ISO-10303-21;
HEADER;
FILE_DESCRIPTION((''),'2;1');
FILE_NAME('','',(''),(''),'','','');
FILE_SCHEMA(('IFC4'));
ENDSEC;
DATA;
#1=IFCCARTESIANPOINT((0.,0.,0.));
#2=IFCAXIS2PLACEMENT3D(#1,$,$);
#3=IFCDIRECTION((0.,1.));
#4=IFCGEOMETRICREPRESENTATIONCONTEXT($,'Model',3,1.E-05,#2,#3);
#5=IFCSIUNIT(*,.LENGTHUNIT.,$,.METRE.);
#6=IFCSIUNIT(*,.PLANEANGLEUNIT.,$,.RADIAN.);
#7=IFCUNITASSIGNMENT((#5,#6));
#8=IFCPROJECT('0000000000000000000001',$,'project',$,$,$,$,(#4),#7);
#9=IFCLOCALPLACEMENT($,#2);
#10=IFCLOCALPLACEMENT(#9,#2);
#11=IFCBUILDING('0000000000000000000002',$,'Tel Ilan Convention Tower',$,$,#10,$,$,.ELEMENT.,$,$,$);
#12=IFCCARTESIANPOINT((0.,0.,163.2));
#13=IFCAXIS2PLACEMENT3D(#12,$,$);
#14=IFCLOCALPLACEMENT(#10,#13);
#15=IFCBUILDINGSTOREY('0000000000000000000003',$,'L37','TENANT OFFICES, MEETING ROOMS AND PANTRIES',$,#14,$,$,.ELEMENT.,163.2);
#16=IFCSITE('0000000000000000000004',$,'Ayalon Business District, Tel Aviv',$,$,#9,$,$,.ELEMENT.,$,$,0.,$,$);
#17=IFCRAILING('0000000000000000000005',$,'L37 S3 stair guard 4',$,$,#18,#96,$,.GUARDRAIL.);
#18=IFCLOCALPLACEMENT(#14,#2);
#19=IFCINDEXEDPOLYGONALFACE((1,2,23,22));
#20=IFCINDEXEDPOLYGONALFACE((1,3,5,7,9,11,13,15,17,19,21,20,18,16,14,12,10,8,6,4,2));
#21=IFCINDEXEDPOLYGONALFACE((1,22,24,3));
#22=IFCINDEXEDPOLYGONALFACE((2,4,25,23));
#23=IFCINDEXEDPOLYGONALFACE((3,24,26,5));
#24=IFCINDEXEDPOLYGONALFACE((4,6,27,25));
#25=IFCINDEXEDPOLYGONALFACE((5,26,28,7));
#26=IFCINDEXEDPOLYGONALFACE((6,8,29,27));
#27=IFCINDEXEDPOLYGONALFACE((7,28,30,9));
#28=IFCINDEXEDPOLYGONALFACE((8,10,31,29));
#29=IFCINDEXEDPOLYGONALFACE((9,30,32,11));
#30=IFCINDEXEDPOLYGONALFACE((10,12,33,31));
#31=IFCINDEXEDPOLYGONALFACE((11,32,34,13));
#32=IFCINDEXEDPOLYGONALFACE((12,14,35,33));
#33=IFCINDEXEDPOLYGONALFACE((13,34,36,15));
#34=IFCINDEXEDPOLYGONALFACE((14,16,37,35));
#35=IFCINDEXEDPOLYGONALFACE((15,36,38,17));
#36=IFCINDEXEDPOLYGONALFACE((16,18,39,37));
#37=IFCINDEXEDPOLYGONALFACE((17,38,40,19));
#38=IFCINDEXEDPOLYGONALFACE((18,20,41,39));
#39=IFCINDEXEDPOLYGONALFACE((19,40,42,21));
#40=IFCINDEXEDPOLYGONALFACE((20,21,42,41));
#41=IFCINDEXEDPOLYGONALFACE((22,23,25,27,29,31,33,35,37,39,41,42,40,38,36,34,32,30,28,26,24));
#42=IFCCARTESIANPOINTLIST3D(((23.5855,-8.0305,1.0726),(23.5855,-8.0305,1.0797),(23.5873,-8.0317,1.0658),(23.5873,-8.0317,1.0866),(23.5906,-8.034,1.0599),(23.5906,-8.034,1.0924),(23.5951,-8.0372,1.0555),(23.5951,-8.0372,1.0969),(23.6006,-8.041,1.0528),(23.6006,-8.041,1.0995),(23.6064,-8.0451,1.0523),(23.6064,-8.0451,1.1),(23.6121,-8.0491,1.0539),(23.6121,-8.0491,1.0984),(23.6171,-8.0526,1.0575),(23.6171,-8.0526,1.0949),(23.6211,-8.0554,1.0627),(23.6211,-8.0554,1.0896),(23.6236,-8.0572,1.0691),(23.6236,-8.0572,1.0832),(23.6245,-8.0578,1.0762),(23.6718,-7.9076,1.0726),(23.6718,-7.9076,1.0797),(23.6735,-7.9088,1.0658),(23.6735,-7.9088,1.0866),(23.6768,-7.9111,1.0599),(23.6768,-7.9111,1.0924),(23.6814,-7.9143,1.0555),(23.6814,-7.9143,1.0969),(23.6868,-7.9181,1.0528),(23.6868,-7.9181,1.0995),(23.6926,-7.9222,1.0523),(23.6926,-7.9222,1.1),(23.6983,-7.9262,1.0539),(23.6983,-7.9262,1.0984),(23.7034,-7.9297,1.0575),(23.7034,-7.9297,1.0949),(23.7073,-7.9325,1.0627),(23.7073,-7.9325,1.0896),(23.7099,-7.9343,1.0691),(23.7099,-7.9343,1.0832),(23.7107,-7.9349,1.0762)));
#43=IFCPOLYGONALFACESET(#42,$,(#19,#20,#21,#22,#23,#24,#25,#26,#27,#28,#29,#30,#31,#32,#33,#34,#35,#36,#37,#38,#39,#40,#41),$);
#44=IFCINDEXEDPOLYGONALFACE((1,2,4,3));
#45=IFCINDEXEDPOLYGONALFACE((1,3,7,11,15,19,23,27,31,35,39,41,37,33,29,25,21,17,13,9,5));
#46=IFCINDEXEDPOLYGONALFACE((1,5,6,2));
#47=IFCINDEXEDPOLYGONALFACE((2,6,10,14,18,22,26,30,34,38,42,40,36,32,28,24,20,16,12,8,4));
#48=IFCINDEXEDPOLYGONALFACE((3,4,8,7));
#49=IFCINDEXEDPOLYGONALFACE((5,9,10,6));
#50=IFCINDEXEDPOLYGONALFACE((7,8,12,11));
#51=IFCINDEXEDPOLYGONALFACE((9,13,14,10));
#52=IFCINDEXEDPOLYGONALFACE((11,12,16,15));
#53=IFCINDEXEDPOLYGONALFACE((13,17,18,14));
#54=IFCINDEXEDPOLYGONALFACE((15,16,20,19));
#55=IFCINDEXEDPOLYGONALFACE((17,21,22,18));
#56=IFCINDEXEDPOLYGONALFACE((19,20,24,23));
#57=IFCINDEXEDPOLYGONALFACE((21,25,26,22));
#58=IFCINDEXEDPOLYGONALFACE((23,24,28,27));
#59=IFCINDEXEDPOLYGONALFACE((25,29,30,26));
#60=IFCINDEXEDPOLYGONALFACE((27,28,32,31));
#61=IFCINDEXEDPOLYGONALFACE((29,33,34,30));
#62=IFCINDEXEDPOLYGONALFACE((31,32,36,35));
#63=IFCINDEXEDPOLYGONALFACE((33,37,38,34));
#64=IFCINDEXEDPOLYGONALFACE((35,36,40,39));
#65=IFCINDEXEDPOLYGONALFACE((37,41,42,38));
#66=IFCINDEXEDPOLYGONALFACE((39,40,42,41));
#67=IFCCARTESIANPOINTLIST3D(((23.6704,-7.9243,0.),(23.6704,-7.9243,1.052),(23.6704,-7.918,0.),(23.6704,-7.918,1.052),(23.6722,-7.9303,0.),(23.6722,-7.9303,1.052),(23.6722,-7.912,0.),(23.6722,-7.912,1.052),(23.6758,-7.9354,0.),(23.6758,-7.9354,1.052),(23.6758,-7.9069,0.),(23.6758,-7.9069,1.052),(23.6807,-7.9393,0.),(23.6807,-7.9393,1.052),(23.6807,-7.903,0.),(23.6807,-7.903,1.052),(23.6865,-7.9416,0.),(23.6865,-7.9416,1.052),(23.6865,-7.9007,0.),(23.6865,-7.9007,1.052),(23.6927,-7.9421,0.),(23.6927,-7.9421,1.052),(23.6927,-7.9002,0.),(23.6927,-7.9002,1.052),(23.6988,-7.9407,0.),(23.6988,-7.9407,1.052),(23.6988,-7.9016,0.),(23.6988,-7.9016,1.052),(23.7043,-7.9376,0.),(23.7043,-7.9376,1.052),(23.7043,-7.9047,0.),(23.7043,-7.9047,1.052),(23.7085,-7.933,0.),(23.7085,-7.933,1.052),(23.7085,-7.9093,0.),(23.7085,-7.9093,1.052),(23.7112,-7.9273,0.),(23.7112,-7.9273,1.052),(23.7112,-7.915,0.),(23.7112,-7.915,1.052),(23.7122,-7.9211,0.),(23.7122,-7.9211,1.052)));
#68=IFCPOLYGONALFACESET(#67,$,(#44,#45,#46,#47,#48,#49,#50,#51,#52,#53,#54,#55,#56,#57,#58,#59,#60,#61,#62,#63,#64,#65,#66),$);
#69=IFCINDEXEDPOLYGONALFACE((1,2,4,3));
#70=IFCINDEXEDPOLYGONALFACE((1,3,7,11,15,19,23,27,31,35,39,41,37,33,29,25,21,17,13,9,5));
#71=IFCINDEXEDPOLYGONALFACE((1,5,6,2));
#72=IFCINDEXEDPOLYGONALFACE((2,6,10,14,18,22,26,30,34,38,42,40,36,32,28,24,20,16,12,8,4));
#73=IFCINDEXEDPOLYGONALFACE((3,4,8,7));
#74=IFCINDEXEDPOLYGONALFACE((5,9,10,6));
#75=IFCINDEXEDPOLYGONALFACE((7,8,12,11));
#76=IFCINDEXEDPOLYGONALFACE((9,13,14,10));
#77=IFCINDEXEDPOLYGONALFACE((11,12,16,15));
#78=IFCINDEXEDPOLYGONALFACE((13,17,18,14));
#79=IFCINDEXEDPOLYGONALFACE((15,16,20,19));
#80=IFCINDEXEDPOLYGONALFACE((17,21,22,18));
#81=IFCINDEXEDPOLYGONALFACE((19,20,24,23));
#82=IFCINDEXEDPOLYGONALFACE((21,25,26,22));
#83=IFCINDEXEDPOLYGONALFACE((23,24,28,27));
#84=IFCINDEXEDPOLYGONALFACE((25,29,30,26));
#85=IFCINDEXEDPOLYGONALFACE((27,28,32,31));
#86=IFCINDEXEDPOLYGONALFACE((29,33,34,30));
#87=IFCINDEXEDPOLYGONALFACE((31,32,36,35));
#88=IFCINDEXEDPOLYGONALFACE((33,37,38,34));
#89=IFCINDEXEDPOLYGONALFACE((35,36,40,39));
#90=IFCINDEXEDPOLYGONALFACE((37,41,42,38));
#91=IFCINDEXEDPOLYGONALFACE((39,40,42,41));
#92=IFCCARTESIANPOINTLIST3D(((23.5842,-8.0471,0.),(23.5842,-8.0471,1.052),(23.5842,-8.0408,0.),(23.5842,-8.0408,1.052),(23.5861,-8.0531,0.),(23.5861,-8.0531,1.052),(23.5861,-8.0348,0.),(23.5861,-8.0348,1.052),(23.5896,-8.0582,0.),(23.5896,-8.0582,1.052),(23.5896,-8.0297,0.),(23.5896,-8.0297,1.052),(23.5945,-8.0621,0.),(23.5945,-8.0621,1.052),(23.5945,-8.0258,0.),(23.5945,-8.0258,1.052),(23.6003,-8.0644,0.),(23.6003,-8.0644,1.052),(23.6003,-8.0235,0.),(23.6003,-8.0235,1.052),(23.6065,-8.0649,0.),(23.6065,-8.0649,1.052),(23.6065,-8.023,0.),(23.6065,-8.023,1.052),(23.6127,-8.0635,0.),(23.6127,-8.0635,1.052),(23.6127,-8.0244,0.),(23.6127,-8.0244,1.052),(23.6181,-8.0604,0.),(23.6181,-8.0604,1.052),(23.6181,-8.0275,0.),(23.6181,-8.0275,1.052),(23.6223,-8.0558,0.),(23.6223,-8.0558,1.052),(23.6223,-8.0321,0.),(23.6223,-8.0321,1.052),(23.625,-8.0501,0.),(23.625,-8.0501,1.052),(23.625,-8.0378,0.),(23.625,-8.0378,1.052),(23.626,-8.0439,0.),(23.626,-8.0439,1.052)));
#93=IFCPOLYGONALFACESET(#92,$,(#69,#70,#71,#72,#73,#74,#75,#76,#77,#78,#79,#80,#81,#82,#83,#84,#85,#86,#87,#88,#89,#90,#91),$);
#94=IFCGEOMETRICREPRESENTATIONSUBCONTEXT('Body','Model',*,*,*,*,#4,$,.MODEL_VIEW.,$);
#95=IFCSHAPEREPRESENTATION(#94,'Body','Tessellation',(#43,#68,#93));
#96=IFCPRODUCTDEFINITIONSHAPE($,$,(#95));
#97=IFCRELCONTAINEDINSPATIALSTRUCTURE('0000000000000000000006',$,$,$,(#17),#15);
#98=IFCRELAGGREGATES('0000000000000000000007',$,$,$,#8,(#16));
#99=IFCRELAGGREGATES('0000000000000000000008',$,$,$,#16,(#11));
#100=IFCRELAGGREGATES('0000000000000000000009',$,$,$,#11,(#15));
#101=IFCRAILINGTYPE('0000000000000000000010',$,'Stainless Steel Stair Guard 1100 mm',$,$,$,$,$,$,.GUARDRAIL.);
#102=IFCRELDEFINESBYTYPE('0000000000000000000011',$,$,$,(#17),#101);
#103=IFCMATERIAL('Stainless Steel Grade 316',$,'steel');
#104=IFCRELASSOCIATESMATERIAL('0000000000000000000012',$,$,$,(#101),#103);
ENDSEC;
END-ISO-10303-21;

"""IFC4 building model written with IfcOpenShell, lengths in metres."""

from ifc_helpers import new_model, si_unit, direction, frame, origin, origin_2d, place, context, subcontext, project, spatial, circle, extrude, material, type_object, element, save


model = new_model("IFC4")

# Units and contexts
model_context = context("Model", 3, precision=1e-05, world=origin(), true_north=direction((0.0, 1.0)))
body_context = subcontext(model_context, "Body", "Model", "MODEL_VIEW")
ifc_project = project(units=[si_unit("LENGTHUNIT", "METRE"), si_unit("PLANEANGLEUNIT", "RADIAN")], contexts=[model_context])

# Site, building, storey
site_placement = place(None, origin())
site = spatial("IfcSite", under=ifc_project, at=site_placement, Name="Ayalon Business District, Tel Aviv", CompositionType="ELEMENT", RefElevation=0.0)
building_placement = place(site_placement, origin())
building = spatial("IfcBuilding", under=site, at=building_placement, Name="Tel Ilan Convention Tower", CompositionType="ELEMENT")
storey_placement = place(building_placement, frame((0.0, 0.0, 163.2)))
storey = spatial("IfcBuildingStorey", under=building, at=storey_placement, Name="L37", Description="TENANT OFFICES, MEETING ROOMS AND PANTRIES", CompositionType="ELEMENT", Elevation=163.2)

# Railing
ifc_material_1 = material(Name="Stainless Steel Grade 316", Category="steel")
railing_type_1 = type_object("IfcRailingType", Name="Stainless Steel Stair Guard 1100 mm", PredefinedType="GUARDRAIL", material=ifc_material_1)
railing_1_placement = place(storey_placement, frame((23.6912, -7.9211, 0.0)))
element("IfcRailing", 1, at=railing_1_placement, inside=storey, type_object=railing_type_1, Name="L37 S3 stair guard 4", PredefinedType="GUARDRAIL", context=body_context, shape_type="SweptSolid", body=[
    extrude(circle(Radius=0.0239, at=origin_2d()), frame((0.0, 0.0, 1.0762), z_axis=(-0.574445, -0.818543, 0.0), x_axis=(0.818543, -0.574445, 0.0)), (0.0, 0.0, 1.0), 0.1501),
    extrude(circle(Radius=0.021, at=origin_2d()), origin(), (0.0, 0.0, 1.0), 1.052),
    extrude(circle(Radius=0.021, at=origin_2d()), frame((-0.0862, -0.1228, 0.0)), (0.0, 0.0, 1.0), 1.052),
])

save(model, "model.ifc")
